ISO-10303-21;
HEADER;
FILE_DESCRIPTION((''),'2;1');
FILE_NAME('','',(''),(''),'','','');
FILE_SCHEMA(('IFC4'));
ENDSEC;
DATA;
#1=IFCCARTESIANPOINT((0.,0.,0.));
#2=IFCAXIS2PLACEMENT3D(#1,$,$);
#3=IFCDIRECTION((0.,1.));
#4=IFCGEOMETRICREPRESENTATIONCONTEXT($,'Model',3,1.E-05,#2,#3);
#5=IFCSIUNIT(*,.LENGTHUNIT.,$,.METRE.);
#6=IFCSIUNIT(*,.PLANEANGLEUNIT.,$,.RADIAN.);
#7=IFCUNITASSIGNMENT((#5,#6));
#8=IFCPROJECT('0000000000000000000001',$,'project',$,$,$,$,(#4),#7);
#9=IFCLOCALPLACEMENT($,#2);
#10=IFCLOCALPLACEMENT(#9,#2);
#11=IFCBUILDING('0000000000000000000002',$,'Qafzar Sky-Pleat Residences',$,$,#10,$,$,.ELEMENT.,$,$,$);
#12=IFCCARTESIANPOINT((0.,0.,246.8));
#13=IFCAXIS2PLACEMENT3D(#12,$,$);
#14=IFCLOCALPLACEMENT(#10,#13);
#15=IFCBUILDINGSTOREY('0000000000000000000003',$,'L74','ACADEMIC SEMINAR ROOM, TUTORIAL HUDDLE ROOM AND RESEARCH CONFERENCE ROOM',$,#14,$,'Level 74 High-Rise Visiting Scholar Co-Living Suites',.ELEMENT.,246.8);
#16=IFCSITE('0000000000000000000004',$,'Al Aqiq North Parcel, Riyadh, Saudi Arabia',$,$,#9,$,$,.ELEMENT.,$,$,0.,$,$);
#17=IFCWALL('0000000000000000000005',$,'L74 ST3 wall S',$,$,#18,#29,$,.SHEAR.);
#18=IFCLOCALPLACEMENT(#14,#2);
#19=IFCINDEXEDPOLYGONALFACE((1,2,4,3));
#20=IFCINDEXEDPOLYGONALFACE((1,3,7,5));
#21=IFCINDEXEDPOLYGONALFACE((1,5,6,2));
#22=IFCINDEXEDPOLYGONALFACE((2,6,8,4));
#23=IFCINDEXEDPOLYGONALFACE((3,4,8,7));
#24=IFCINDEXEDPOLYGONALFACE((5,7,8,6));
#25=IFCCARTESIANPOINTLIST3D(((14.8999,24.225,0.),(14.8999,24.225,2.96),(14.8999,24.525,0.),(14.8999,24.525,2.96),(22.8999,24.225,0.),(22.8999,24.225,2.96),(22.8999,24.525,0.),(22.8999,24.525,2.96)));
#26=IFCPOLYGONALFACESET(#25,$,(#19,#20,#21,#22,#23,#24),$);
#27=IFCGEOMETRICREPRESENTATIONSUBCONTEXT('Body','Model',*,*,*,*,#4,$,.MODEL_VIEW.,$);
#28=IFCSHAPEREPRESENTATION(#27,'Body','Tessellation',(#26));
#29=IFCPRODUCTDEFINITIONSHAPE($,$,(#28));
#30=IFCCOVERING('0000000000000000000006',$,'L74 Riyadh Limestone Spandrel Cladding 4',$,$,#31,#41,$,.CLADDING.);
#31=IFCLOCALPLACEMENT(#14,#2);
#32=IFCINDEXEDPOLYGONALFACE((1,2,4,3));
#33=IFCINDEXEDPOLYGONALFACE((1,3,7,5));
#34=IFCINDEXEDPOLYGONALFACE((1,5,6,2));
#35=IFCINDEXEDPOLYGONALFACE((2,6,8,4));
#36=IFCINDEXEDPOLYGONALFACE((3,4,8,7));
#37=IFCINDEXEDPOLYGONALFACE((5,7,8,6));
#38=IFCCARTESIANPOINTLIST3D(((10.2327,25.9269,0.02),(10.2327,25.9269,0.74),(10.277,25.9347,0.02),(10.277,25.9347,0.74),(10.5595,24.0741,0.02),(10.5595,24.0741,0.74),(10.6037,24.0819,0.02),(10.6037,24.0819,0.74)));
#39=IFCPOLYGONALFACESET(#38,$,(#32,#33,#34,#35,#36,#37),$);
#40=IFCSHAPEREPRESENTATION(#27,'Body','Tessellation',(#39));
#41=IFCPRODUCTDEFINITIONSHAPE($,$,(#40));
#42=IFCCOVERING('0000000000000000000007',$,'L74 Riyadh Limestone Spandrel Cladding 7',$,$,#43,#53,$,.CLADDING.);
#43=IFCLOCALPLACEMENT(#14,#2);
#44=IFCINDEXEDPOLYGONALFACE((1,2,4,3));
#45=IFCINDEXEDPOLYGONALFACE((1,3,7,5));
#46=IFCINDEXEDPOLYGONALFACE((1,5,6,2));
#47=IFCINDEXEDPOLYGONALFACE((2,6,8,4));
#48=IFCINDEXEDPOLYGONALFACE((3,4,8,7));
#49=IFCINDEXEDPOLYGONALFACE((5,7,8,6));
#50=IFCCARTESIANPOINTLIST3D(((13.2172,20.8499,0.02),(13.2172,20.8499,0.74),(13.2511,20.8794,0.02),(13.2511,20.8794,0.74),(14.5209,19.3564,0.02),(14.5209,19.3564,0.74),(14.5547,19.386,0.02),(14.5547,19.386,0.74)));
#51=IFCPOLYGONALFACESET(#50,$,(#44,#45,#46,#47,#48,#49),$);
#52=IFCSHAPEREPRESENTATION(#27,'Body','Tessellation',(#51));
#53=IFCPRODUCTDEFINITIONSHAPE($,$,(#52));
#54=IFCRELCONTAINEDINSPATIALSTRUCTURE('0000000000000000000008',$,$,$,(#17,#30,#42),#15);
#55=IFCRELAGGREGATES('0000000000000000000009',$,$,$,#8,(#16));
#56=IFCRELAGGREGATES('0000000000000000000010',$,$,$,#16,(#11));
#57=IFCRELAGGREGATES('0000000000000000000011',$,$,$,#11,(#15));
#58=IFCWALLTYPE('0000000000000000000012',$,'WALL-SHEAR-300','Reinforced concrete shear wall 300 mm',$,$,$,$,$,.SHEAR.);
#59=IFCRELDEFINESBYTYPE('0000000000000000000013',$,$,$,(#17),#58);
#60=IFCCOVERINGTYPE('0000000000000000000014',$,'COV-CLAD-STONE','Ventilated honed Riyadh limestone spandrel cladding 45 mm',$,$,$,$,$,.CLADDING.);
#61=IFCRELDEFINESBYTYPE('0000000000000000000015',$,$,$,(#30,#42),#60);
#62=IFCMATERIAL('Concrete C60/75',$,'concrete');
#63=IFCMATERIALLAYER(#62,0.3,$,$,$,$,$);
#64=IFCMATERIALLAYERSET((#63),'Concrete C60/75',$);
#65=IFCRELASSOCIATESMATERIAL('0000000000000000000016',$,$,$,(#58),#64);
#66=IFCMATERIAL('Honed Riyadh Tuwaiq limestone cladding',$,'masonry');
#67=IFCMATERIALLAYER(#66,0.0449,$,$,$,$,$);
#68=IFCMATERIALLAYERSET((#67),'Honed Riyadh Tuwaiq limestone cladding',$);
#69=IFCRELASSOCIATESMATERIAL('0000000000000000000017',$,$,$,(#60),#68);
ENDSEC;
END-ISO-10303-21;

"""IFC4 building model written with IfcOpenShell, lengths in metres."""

from ifc_helpers import new_model, si_unit, direction, frame, frame_2d, origin, origin_2d, place, context, subcontext, project, spatial, rectangle, extrude, source, transform, mapped, material, layer, layer_set, type_object, element, save


model = new_model("IFC4")

# Units and contexts
model_context = context("Model", 3, precision=1e-05, world=origin(), true_north=direction((0.0, 1.0)))
body_context = subcontext(model_context, "Body", "Model", "MODEL_VIEW")
ifc_project = project(units=[si_unit("LENGTHUNIT", "METRE"), si_unit("PLANEANGLEUNIT", "RADIAN")], contexts=[model_context])

# Site, building, storey
site_placement = place(None, origin())
site = spatial("IfcSite", under=ifc_project, at=site_placement, Name="Al Aqiq North Parcel, Riyadh, Saudi Arabia", CompositionType="ELEMENT", RefElevation=0.0)
building_placement = place(site_placement, origin())
building = spatial("IfcBuilding", under=site, at=building_placement, Name="Qafzar Sky-Pleat Residences", CompositionType="ELEMENT")
storey_placement = place(building_placement, frame((0.0, 0.0, 246.8)))
storey = spatial("IfcBuildingStorey", under=building, at=storey_placement, Name="L74", Description="ACADEMIC SEMINAR ROOM, TUTORIAL HUDDLE ROOM AND RESEARCH CONFERENCE ROOM", LongName="Level 74 High-Rise Visiting Scholar Co-Living Suites", CompositionType="ELEMENT", Elevation=246.8)

# Wall
ifc_material_1 = material(Name="Concrete C60/75", Category="concrete")
ifc_layer_1 = layer(ifc_material_1, 0.3)
ifc_layer_set_1 = layer_set([ifc_layer_1], Name="Concrete C60/75")
wall_type_1 = type_object("IfcWallType", Name="WALL-SHEAR-300", Description="Reinforced concrete shear wall 300 mm", PredefinedType="SHEAR", material=ifc_layer_set_1)
wall_1_placement = place(storey_placement, frame((14.8999, 24.375, 0.0), z_axis=(0.0, 0.0, 1.0), x_axis=(1.0, 0.0, 0.0)))
element("IfcWall", 1, at=wall_1_placement, inside=storey, type_object=wall_type_1, Name="L74 ST3 wall S", PredefinedType="SHEAR", context=body_context, shape_type="SweptSolid", body=[
    extrude(rectangle(XDim=8.0, YDim=0.3, at=frame_2d((4.0, 0.0))), origin(), (0.0, 0.0, 1.0), 2.96),
])

# Covering
ifc_material_2 = material(Name="Honed Riyadh Tuwaiq limestone cladding", Category="masonry")
ifc_layer_2 = layer(ifc_material_2, 0.0449)
ifc_layer_set_2 = layer_set([ifc_layer_2], Name="Honed Riyadh Tuwaiq limestone cladding")
covering_type = type_object("IfcCoveringType", Name="COV-CLAD-STONE", Description="Ventilated honed Riyadh limestone spandrel cladding 45 mm", PredefinedType="CLADDING", material=ifc_layer_set_2)
shared_shape_1 = source(origin(), body_context, "Body", "SweptSolid", [
    extrude(rectangle(XDim=1.8813, YDim=0.0449, at=origin_2d()), origin(), (0.0, 0.0, 1.0), 0.72),
])
covering_1_placement = place(storey_placement, frame((10.4182, 25.0044, 0.02), z_axis=(0.0, 0.0, 1.0), x_axis=(0.173663, -0.984805, 0.0)))
element("IfcCovering", 2, at=covering_1_placement, inside=storey, type_object=covering_type, Name="L74 Riyadh Limestone Spandrel Cladding 4", PredefinedType="CLADDING", context=body_context, shape_type="MappedRepresentation", body=[
    mapped(shared_shape_1, transform((0.0, 0.0, 0.0), x_axis=(1.0, 0.0, 0.0), y_axis=(0.0, 1.0, 0.0), z_axis=(0.0, 0.0, 1.0), scale=1.0)),
])

# Covering
shared_shape_2 = source(origin(), body_context, "Body", "SweptSolid", [
    extrude(rectangle(XDim=1.9824, YDim=0.0449, at=origin_2d()), origin(), (0.0, 0.0, 1.0), 0.72),
])
covering_2_placement = place(storey_placement, frame((13.886, 20.1179, 0.02), z_axis=(0.0, 0.0, 1.0), x_axis=(0.657614, -0.753355, 0.0)))
element("IfcCovering", 3, at=covering_2_placement, inside=storey, type_object=covering_type, Name="L74 Riyadh Limestone Spandrel Cladding 7", PredefinedType="CLADDING", context=body_context, shape_type="MappedRepresentation", body=[
    mapped(shared_shape_2, transform((0.0, 0.0, 0.0), x_axis=(1.0, 0.0, 0.0), y_axis=(0.0, 1.0, 0.0), z_axis=(0.0, 0.0, 1.0), scale=1.0)),
])

save(model, "model.ifc")
